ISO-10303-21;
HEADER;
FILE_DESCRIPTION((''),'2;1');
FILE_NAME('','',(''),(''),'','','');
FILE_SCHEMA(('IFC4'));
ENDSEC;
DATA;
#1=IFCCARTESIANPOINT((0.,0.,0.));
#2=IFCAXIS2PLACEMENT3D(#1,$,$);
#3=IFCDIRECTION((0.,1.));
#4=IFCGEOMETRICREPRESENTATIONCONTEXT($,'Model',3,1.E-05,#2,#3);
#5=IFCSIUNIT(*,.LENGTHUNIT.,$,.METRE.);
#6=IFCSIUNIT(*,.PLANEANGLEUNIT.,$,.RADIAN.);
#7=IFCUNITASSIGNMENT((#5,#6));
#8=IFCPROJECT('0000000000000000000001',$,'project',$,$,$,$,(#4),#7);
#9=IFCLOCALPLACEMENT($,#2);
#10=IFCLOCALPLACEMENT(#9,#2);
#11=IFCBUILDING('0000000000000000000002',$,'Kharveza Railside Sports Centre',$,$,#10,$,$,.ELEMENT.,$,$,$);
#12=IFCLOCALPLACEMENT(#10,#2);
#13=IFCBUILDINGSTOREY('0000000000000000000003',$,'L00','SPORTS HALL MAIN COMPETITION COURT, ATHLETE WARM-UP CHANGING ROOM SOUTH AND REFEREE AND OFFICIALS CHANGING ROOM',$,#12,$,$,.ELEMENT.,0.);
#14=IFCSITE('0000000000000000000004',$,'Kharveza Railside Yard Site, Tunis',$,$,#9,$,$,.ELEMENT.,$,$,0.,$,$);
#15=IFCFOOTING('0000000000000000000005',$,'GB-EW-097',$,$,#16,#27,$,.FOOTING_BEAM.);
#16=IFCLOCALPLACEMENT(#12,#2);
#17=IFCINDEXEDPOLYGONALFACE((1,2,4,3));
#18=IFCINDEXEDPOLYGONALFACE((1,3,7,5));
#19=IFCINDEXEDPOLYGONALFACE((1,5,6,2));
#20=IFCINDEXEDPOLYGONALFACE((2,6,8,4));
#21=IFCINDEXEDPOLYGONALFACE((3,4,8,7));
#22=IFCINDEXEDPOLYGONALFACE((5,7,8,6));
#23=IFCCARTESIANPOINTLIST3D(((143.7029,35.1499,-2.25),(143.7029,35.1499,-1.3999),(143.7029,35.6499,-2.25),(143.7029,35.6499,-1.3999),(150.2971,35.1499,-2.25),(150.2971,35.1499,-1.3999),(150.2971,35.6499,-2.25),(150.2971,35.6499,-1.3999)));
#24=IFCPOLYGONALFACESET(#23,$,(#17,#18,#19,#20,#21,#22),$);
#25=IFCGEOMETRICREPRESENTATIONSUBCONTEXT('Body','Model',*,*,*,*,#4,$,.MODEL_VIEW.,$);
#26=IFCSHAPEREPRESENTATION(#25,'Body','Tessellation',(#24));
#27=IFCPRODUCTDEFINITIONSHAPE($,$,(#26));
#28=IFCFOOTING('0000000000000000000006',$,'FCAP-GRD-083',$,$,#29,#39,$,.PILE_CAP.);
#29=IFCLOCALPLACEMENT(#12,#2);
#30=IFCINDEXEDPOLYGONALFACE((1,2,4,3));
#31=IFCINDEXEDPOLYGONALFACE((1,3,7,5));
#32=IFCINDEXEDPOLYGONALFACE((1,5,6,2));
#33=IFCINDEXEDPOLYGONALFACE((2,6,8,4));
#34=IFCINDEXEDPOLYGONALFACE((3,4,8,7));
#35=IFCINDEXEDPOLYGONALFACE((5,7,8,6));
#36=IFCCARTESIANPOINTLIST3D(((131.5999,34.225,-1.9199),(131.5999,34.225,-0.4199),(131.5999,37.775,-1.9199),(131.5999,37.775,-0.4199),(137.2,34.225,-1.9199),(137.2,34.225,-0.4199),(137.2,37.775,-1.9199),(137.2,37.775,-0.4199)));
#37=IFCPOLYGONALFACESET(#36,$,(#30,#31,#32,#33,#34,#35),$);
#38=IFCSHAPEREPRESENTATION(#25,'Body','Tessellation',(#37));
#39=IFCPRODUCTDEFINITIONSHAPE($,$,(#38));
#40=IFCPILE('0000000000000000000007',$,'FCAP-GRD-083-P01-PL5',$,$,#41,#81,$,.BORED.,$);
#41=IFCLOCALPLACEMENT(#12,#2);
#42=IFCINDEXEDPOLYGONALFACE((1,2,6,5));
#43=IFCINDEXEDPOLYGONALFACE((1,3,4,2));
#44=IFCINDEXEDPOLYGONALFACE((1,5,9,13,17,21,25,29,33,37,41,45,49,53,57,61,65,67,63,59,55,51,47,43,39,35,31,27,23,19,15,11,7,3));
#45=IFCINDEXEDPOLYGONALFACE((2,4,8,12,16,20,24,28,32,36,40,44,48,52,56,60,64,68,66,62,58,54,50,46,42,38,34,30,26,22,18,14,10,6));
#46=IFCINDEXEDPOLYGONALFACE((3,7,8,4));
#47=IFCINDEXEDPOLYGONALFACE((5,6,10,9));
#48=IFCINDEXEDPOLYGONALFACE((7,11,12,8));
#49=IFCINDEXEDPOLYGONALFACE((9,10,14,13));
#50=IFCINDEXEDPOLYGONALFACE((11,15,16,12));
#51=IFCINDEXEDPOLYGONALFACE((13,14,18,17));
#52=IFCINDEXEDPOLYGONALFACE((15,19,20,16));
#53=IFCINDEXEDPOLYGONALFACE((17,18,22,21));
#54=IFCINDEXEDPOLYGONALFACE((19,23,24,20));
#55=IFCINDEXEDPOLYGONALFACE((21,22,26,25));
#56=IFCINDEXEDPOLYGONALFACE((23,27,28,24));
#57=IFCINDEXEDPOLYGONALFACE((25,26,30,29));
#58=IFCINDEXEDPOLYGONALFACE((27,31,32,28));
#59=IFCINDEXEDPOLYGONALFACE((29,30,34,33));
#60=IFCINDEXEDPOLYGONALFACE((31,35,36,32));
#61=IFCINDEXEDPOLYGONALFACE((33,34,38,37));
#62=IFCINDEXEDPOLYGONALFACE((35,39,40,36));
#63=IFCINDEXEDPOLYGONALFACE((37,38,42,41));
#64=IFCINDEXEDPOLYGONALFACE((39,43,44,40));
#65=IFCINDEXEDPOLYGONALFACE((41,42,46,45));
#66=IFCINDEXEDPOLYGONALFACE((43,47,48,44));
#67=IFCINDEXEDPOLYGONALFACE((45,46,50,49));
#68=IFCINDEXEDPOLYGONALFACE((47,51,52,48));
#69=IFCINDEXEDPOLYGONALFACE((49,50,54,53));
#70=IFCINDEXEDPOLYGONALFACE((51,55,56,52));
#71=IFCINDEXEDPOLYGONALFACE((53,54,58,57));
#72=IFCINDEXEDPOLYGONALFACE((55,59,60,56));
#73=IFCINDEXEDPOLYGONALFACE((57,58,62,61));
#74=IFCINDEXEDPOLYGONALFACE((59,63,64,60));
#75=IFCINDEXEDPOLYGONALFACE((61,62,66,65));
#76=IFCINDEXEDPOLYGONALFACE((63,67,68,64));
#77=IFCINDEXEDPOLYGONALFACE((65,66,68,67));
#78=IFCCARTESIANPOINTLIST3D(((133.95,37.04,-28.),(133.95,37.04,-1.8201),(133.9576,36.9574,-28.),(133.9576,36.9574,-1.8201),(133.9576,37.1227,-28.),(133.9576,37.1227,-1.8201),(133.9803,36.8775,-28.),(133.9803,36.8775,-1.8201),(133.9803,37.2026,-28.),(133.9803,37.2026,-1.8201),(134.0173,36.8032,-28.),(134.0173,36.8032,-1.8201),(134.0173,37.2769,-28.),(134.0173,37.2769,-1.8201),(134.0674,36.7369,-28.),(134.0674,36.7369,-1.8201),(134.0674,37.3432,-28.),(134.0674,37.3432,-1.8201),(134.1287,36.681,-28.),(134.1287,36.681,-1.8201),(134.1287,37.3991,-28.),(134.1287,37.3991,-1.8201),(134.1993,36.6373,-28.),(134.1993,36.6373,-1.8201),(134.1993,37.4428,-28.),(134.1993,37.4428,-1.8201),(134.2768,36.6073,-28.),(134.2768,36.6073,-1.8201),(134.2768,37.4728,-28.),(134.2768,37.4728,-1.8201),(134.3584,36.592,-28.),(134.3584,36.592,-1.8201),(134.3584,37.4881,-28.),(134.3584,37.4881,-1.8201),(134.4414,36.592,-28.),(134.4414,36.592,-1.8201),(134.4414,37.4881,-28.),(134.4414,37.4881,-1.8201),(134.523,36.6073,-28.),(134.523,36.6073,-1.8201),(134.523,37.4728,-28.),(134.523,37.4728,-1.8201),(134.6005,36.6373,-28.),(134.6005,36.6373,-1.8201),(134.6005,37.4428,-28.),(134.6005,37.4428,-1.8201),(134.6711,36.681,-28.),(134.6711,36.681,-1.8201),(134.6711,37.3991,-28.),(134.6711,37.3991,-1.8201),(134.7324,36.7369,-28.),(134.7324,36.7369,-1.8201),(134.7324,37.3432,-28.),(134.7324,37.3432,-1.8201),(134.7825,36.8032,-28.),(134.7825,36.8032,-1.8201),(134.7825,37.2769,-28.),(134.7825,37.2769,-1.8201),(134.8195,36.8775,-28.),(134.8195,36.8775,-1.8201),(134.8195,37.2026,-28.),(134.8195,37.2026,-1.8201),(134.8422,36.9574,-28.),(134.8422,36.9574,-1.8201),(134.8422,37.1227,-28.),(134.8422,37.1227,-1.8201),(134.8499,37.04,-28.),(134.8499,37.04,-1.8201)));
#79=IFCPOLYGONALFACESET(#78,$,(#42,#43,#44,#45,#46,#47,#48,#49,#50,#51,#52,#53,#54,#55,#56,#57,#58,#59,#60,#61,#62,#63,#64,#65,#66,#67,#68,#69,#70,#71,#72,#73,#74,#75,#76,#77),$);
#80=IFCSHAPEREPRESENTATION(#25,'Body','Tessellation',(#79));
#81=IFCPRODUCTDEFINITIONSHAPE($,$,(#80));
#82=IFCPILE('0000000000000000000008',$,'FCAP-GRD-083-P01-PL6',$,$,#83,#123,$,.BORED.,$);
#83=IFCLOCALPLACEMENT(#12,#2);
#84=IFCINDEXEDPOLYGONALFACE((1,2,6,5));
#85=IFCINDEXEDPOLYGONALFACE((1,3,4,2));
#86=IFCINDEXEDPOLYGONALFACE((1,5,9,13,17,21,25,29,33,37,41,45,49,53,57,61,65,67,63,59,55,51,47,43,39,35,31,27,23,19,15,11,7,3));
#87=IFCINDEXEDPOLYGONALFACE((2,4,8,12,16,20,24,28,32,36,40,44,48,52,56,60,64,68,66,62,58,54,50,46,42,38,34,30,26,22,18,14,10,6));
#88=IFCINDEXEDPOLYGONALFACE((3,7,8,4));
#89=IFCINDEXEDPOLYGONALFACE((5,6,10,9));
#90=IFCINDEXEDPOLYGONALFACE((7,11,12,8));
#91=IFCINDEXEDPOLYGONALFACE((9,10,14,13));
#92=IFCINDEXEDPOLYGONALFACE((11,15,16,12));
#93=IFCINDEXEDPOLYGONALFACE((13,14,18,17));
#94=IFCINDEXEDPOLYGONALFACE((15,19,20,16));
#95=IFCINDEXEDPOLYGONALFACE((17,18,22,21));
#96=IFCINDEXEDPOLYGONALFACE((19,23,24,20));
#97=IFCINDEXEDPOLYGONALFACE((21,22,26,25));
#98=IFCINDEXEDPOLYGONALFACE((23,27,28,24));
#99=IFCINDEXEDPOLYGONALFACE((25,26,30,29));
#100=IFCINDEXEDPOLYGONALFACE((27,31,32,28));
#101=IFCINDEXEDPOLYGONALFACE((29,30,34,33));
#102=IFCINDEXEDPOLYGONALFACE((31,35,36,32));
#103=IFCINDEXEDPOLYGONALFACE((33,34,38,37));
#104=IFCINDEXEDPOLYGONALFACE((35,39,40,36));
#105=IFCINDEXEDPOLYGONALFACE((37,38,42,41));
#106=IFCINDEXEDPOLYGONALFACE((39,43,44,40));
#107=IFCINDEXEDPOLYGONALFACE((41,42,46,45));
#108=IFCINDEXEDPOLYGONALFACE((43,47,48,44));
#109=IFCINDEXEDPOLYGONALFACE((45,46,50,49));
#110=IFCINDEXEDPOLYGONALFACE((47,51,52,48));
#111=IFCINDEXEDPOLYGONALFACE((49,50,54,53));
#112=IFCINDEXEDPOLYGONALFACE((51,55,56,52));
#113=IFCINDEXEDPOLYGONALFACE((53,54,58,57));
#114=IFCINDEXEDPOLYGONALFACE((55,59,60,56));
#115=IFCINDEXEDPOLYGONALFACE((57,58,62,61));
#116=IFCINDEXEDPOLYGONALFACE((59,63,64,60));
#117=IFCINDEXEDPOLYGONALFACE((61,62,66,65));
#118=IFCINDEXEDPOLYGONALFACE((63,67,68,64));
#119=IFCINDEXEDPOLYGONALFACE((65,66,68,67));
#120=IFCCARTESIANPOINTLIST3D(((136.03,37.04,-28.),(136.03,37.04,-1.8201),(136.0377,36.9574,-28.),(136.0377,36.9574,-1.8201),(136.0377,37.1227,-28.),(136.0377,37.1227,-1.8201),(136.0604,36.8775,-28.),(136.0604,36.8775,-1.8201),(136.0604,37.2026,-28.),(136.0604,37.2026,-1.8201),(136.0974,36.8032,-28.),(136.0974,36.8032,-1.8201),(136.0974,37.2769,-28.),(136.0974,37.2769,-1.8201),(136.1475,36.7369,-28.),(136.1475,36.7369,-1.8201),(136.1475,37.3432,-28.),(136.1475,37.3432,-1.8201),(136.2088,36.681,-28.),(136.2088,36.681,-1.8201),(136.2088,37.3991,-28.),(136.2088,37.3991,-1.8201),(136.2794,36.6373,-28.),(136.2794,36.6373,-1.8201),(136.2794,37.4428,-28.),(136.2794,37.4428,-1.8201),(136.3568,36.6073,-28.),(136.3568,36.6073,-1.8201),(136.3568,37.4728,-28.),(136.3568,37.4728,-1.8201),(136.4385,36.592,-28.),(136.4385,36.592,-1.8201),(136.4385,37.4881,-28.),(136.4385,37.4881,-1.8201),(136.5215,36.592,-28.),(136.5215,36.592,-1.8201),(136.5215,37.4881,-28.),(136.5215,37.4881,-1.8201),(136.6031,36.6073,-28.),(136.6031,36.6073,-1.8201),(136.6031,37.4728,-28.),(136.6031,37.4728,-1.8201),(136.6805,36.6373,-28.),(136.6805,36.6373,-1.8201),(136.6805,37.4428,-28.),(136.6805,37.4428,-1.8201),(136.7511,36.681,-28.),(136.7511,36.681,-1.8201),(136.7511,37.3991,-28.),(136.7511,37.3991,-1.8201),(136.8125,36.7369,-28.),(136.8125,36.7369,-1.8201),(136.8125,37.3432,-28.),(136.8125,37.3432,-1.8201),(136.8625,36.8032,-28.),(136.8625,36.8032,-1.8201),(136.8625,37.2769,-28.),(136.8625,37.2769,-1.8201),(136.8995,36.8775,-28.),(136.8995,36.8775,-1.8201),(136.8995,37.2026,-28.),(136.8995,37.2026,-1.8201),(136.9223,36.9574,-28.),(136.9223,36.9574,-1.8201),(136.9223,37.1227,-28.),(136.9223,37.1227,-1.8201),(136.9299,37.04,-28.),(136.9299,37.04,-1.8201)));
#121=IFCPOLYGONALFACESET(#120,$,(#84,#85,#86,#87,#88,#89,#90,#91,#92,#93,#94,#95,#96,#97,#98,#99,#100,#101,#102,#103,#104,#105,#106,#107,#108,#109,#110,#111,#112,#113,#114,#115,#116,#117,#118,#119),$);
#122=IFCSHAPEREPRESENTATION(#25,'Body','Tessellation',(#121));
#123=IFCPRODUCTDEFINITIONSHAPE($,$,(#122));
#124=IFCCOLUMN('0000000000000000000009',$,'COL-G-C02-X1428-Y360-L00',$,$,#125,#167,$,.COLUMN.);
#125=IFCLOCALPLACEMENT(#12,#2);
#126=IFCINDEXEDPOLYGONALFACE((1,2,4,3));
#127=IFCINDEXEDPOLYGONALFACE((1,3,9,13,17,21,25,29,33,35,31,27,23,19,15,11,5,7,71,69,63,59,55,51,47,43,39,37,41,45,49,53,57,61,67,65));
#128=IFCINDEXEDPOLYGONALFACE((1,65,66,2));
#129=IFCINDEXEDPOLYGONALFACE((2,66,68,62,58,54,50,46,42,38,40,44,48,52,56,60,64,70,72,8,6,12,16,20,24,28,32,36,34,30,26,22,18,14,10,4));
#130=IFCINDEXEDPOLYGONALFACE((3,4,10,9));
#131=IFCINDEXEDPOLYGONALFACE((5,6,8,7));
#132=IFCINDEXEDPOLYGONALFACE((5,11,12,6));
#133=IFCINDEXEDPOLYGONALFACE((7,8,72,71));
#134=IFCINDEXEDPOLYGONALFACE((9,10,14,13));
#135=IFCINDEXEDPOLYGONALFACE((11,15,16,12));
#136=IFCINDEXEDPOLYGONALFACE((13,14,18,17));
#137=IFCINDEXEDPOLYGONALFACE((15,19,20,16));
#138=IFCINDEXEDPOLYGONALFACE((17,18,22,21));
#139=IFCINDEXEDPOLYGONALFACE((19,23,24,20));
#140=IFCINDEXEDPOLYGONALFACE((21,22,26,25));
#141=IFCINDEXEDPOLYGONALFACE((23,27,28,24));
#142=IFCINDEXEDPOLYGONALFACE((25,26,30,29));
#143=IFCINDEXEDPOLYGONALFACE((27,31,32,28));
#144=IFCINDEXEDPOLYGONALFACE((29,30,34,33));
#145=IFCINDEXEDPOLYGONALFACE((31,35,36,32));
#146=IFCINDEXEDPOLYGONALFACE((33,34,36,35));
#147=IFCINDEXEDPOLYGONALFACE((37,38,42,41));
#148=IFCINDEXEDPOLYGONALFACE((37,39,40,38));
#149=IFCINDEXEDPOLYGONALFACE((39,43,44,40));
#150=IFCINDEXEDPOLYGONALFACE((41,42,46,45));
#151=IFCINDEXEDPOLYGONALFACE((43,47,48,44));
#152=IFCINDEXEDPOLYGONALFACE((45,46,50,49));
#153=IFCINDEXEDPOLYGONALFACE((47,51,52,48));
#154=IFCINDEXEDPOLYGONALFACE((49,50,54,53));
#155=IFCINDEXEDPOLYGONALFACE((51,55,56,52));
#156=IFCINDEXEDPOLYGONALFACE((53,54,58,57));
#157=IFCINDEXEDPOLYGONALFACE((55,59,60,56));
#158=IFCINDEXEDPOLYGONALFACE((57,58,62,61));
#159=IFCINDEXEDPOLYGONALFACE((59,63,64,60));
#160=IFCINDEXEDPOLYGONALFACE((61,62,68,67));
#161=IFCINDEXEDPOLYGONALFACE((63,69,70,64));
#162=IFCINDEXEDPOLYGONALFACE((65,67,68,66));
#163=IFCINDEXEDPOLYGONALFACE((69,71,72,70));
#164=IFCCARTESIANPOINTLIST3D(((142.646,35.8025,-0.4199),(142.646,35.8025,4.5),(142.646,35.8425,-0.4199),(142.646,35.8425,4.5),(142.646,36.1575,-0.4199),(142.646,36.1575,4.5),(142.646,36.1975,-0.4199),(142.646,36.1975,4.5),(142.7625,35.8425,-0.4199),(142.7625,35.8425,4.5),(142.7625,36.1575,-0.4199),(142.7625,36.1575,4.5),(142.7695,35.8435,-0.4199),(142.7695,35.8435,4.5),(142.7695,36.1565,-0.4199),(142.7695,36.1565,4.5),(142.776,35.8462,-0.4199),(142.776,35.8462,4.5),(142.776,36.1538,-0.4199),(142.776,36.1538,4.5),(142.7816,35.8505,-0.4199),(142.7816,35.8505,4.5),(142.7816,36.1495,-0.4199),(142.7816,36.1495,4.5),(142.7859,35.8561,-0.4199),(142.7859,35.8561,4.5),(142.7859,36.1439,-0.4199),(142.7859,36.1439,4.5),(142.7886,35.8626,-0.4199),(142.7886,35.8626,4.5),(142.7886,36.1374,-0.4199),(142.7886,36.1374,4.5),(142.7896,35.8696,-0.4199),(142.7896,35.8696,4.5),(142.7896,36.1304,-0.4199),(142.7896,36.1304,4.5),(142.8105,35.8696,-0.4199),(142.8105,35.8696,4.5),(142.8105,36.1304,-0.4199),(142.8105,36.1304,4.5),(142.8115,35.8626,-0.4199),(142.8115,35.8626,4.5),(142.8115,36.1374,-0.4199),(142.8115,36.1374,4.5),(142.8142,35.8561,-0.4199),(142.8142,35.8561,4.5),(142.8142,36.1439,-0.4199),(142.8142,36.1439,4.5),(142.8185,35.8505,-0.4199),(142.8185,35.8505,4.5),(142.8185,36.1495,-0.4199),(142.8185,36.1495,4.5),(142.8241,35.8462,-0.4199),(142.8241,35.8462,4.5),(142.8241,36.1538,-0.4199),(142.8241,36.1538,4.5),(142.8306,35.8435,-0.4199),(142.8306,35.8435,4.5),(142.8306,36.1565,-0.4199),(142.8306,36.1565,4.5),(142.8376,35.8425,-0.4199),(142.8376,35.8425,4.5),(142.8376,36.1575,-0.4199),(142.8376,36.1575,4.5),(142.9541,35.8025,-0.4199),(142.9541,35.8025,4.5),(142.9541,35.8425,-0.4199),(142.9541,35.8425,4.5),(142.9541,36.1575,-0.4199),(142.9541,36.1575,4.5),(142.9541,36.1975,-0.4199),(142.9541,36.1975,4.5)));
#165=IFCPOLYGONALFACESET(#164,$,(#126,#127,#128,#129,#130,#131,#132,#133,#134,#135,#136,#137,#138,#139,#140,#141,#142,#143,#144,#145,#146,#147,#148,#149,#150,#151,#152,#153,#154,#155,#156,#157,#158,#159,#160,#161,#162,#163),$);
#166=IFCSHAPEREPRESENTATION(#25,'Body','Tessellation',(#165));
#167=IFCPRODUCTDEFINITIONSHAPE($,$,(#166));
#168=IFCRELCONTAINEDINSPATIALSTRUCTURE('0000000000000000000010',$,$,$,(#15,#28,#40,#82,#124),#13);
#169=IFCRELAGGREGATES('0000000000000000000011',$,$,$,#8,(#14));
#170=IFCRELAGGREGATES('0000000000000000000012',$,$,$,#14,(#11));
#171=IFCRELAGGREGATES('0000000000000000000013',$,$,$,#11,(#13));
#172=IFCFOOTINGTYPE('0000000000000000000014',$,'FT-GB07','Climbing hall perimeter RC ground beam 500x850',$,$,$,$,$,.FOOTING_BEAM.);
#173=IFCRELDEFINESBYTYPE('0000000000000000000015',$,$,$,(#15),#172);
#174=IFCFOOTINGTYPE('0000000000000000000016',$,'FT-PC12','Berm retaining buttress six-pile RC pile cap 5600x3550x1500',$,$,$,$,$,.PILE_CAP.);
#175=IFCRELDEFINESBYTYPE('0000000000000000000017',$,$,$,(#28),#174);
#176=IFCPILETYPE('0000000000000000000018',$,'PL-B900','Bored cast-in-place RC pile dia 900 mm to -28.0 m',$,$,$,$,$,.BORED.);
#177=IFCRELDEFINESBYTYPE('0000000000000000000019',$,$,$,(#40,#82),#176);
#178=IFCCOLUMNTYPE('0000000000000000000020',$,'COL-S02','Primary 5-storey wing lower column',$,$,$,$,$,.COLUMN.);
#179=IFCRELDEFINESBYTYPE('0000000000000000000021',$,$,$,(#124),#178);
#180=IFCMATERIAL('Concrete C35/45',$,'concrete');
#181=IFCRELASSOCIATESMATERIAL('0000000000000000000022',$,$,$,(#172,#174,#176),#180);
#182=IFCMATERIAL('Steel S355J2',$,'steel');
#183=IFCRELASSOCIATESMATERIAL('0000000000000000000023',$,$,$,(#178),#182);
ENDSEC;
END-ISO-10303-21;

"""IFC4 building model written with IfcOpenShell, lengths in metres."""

from ifc_helpers import new_model, si_unit, direction, frame, origin, origin_2d, place, context, subcontext, project, spatial, rectangle, circle, i_section, extrude, material, material_profile, profile_set, type_object, element, save


model = new_model("IFC4")

# Units and contexts
model_context = context("Model", 3, precision=1e-05, world=origin(), true_north=direction((0.0, 1.0)))
body_context = subcontext(model_context, "Body", "Model", "MODEL_VIEW")
ifc_project = project(units=[si_unit("LENGTHUNIT", "METRE"), si_unit("PLANEANGLEUNIT", "RADIAN")], contexts=[model_context])

# Site, building, storey
site_placement = place(None, origin())
site = spatial("IfcSite", under=ifc_project, at=site_placement, Name="Kharveza Railside Yard Site, Tunis", CompositionType="ELEMENT", RefElevation=0.0)
building_placement = place(site_placement, origin())
building = spatial("IfcBuilding", under=site, at=building_placement, Name="Kharveza Railside Sports Centre", CompositionType="ELEMENT")
storey_placement = place(building_placement, origin())
storey = spatial("IfcBuildingStorey", under=building, at=storey_placement, Name="L00", Description="SPORTS HALL MAIN COMPETITION COURT, ATHLETE WARM-UP CHANGING ROOM SOUTH AND REFEREE AND OFFICIALS CHANGING ROOM", CompositionType="ELEMENT", Elevation=0.0)

# Footings
ifc_material_1 = material(Name="Concrete C35/45", Category="concrete")
ifc_material_profile_1 = material_profile(ifc_material_1, rectangle(XDim=0.5, YDim=0.8501, at=origin_2d()), Name="GB 500x850")
ifc_profile_set_1 = profile_set([ifc_material_profile_1], Name="Concrete C35/45")
footing_type_1 = type_object("IfcFootingType", Name="FT-GB07", Description="Climbing hall perimeter RC ground beam 500x850", PredefinedType="FOOTING_BEAM", material=ifc_profile_set_1)
footing_1_placement = place(storey_placement, frame((143.7029, 35.3999, -1.825), z_axis=(1.0, 0.0, 0.0), x_axis=(0.0, 1.0, 0.0)))
element("IfcFooting", 1, at=footing_1_placement, inside=storey, type_object=footing_type_1, Name="GB-EW-097", PredefinedType="FOOTING_BEAM", context=body_context, shape_type="SweptSolid", body=[
    extrude(rectangle(XDim=0.5, YDim=0.8501, at=origin_2d()), origin(), (0.0, 0.0, 1.0), 6.5942),
])
footing_type_2 = type_object("IfcFootingType", Name="FT-PC12", Description="Berm retaining buttress six-pile RC pile cap 5600x3550x1500", PredefinedType="PILE_CAP", material=ifc_material_1)
footing_2_placement = place(storey_placement, frame((134.3999, 36.0, -1.9199), z_axis=(0.0, 0.0, 1.0), x_axis=(1.0, 0.0, 0.0)))
element("IfcFooting", 2, at=footing_2_placement, inside=storey, type_object=footing_type_2, Name="FCAP-GRD-083", PredefinedType="PILE_CAP", context=body_context, shape_type="SweptSolid", body=[
    extrude(rectangle(XDim=5.6001, YDim=3.55, at=origin_2d()), origin(), (0.0, 0.0, 1.0), 1.5),
])

# Piles
ifc_material_profile_2 = material_profile(ifc_material_1, circle(Radius=0.45, at=origin_2d()), Name="PILE D900")
ifc_profile_set_2 = profile_set([ifc_material_profile_2], Name="Concrete C35/45")
pile_type = type_object("IfcPileType", Name="PL-B900", Description="Bored cast-in-place RC pile dia 900 mm to -28.0 m", PredefinedType="BORED", material=ifc_profile_set_2)
for number, where, z_axis, x_axis, name in (
    (3, (134.3999, 37.04, -1.8201), (0.0, 0.0, -1.0), (1.0, 0.0, 0.0), "FCAP-GRD-083-P01-PL5"),
    (4, (136.48, 37.04, -1.8201), (0.0, 0.0, -1.0), (1.0, 0.0, 0.0), "FCAP-GRD-083-P01-PL6"),
):
    element("IfcPile", number, at=place(storey_placement, frame(where, z_axis=z_axis, x_axis=x_axis)), inside=storey, type_object=pile_type, Name=name, PredefinedType="BORED", context=body_context, shape_type="SweptSolid", body=[
        extrude(circle(Radius=0.45, at=origin_2d()), origin(), (0.0, 0.0, 1.0), 26.1799),
    ])

# Column
ifc_material_2 = material(Name="Steel S355J2", Category="steel")
ifc_material_profile_3 = material_profile(ifc_material_2, i_section(OverallWidth=0.3081, OverallDepth=0.395, WebThickness=0.021, FlangeThickness=0.04, FilletRadius=0.0271, at=origin_2d()), Name="HEM 360")
ifc_profile_set_3 = profile_set([ifc_material_profile_3], Name="Steel S355J2")
column_type_1 = type_object("IfcColumnType", Name="COL-S02", Description="Primary 5-storey wing lower column", PredefinedType="COLUMN", material=ifc_profile_set_3)
for number, where, z_axis, x_axis, name in (
    (5, (142.8, 36.0, -0.4199), (0.0, 0.0, 1.0), (1.0, 0.0, 0.0), "COL-G-C02-X1428-Y360-L00"),
):
    element("IfcColumn", number, at=place(storey_placement, frame(where, z_axis=z_axis, x_axis=x_axis)), inside=storey, type_object=column_type_1, Name=name, PredefinedType="COLUMN", context=body_context, shape_type="SweptSolid", body=[
        extrude(i_section(OverallWidth=0.3081, OverallDepth=0.395, WebThickness=0.021, FlangeThickness=0.04, FilletRadius=0.0271, at=origin_2d()), origin(), (0.0, 0.0, 1.0), 4.9199),
    ])

save(model, "model.ifc")
